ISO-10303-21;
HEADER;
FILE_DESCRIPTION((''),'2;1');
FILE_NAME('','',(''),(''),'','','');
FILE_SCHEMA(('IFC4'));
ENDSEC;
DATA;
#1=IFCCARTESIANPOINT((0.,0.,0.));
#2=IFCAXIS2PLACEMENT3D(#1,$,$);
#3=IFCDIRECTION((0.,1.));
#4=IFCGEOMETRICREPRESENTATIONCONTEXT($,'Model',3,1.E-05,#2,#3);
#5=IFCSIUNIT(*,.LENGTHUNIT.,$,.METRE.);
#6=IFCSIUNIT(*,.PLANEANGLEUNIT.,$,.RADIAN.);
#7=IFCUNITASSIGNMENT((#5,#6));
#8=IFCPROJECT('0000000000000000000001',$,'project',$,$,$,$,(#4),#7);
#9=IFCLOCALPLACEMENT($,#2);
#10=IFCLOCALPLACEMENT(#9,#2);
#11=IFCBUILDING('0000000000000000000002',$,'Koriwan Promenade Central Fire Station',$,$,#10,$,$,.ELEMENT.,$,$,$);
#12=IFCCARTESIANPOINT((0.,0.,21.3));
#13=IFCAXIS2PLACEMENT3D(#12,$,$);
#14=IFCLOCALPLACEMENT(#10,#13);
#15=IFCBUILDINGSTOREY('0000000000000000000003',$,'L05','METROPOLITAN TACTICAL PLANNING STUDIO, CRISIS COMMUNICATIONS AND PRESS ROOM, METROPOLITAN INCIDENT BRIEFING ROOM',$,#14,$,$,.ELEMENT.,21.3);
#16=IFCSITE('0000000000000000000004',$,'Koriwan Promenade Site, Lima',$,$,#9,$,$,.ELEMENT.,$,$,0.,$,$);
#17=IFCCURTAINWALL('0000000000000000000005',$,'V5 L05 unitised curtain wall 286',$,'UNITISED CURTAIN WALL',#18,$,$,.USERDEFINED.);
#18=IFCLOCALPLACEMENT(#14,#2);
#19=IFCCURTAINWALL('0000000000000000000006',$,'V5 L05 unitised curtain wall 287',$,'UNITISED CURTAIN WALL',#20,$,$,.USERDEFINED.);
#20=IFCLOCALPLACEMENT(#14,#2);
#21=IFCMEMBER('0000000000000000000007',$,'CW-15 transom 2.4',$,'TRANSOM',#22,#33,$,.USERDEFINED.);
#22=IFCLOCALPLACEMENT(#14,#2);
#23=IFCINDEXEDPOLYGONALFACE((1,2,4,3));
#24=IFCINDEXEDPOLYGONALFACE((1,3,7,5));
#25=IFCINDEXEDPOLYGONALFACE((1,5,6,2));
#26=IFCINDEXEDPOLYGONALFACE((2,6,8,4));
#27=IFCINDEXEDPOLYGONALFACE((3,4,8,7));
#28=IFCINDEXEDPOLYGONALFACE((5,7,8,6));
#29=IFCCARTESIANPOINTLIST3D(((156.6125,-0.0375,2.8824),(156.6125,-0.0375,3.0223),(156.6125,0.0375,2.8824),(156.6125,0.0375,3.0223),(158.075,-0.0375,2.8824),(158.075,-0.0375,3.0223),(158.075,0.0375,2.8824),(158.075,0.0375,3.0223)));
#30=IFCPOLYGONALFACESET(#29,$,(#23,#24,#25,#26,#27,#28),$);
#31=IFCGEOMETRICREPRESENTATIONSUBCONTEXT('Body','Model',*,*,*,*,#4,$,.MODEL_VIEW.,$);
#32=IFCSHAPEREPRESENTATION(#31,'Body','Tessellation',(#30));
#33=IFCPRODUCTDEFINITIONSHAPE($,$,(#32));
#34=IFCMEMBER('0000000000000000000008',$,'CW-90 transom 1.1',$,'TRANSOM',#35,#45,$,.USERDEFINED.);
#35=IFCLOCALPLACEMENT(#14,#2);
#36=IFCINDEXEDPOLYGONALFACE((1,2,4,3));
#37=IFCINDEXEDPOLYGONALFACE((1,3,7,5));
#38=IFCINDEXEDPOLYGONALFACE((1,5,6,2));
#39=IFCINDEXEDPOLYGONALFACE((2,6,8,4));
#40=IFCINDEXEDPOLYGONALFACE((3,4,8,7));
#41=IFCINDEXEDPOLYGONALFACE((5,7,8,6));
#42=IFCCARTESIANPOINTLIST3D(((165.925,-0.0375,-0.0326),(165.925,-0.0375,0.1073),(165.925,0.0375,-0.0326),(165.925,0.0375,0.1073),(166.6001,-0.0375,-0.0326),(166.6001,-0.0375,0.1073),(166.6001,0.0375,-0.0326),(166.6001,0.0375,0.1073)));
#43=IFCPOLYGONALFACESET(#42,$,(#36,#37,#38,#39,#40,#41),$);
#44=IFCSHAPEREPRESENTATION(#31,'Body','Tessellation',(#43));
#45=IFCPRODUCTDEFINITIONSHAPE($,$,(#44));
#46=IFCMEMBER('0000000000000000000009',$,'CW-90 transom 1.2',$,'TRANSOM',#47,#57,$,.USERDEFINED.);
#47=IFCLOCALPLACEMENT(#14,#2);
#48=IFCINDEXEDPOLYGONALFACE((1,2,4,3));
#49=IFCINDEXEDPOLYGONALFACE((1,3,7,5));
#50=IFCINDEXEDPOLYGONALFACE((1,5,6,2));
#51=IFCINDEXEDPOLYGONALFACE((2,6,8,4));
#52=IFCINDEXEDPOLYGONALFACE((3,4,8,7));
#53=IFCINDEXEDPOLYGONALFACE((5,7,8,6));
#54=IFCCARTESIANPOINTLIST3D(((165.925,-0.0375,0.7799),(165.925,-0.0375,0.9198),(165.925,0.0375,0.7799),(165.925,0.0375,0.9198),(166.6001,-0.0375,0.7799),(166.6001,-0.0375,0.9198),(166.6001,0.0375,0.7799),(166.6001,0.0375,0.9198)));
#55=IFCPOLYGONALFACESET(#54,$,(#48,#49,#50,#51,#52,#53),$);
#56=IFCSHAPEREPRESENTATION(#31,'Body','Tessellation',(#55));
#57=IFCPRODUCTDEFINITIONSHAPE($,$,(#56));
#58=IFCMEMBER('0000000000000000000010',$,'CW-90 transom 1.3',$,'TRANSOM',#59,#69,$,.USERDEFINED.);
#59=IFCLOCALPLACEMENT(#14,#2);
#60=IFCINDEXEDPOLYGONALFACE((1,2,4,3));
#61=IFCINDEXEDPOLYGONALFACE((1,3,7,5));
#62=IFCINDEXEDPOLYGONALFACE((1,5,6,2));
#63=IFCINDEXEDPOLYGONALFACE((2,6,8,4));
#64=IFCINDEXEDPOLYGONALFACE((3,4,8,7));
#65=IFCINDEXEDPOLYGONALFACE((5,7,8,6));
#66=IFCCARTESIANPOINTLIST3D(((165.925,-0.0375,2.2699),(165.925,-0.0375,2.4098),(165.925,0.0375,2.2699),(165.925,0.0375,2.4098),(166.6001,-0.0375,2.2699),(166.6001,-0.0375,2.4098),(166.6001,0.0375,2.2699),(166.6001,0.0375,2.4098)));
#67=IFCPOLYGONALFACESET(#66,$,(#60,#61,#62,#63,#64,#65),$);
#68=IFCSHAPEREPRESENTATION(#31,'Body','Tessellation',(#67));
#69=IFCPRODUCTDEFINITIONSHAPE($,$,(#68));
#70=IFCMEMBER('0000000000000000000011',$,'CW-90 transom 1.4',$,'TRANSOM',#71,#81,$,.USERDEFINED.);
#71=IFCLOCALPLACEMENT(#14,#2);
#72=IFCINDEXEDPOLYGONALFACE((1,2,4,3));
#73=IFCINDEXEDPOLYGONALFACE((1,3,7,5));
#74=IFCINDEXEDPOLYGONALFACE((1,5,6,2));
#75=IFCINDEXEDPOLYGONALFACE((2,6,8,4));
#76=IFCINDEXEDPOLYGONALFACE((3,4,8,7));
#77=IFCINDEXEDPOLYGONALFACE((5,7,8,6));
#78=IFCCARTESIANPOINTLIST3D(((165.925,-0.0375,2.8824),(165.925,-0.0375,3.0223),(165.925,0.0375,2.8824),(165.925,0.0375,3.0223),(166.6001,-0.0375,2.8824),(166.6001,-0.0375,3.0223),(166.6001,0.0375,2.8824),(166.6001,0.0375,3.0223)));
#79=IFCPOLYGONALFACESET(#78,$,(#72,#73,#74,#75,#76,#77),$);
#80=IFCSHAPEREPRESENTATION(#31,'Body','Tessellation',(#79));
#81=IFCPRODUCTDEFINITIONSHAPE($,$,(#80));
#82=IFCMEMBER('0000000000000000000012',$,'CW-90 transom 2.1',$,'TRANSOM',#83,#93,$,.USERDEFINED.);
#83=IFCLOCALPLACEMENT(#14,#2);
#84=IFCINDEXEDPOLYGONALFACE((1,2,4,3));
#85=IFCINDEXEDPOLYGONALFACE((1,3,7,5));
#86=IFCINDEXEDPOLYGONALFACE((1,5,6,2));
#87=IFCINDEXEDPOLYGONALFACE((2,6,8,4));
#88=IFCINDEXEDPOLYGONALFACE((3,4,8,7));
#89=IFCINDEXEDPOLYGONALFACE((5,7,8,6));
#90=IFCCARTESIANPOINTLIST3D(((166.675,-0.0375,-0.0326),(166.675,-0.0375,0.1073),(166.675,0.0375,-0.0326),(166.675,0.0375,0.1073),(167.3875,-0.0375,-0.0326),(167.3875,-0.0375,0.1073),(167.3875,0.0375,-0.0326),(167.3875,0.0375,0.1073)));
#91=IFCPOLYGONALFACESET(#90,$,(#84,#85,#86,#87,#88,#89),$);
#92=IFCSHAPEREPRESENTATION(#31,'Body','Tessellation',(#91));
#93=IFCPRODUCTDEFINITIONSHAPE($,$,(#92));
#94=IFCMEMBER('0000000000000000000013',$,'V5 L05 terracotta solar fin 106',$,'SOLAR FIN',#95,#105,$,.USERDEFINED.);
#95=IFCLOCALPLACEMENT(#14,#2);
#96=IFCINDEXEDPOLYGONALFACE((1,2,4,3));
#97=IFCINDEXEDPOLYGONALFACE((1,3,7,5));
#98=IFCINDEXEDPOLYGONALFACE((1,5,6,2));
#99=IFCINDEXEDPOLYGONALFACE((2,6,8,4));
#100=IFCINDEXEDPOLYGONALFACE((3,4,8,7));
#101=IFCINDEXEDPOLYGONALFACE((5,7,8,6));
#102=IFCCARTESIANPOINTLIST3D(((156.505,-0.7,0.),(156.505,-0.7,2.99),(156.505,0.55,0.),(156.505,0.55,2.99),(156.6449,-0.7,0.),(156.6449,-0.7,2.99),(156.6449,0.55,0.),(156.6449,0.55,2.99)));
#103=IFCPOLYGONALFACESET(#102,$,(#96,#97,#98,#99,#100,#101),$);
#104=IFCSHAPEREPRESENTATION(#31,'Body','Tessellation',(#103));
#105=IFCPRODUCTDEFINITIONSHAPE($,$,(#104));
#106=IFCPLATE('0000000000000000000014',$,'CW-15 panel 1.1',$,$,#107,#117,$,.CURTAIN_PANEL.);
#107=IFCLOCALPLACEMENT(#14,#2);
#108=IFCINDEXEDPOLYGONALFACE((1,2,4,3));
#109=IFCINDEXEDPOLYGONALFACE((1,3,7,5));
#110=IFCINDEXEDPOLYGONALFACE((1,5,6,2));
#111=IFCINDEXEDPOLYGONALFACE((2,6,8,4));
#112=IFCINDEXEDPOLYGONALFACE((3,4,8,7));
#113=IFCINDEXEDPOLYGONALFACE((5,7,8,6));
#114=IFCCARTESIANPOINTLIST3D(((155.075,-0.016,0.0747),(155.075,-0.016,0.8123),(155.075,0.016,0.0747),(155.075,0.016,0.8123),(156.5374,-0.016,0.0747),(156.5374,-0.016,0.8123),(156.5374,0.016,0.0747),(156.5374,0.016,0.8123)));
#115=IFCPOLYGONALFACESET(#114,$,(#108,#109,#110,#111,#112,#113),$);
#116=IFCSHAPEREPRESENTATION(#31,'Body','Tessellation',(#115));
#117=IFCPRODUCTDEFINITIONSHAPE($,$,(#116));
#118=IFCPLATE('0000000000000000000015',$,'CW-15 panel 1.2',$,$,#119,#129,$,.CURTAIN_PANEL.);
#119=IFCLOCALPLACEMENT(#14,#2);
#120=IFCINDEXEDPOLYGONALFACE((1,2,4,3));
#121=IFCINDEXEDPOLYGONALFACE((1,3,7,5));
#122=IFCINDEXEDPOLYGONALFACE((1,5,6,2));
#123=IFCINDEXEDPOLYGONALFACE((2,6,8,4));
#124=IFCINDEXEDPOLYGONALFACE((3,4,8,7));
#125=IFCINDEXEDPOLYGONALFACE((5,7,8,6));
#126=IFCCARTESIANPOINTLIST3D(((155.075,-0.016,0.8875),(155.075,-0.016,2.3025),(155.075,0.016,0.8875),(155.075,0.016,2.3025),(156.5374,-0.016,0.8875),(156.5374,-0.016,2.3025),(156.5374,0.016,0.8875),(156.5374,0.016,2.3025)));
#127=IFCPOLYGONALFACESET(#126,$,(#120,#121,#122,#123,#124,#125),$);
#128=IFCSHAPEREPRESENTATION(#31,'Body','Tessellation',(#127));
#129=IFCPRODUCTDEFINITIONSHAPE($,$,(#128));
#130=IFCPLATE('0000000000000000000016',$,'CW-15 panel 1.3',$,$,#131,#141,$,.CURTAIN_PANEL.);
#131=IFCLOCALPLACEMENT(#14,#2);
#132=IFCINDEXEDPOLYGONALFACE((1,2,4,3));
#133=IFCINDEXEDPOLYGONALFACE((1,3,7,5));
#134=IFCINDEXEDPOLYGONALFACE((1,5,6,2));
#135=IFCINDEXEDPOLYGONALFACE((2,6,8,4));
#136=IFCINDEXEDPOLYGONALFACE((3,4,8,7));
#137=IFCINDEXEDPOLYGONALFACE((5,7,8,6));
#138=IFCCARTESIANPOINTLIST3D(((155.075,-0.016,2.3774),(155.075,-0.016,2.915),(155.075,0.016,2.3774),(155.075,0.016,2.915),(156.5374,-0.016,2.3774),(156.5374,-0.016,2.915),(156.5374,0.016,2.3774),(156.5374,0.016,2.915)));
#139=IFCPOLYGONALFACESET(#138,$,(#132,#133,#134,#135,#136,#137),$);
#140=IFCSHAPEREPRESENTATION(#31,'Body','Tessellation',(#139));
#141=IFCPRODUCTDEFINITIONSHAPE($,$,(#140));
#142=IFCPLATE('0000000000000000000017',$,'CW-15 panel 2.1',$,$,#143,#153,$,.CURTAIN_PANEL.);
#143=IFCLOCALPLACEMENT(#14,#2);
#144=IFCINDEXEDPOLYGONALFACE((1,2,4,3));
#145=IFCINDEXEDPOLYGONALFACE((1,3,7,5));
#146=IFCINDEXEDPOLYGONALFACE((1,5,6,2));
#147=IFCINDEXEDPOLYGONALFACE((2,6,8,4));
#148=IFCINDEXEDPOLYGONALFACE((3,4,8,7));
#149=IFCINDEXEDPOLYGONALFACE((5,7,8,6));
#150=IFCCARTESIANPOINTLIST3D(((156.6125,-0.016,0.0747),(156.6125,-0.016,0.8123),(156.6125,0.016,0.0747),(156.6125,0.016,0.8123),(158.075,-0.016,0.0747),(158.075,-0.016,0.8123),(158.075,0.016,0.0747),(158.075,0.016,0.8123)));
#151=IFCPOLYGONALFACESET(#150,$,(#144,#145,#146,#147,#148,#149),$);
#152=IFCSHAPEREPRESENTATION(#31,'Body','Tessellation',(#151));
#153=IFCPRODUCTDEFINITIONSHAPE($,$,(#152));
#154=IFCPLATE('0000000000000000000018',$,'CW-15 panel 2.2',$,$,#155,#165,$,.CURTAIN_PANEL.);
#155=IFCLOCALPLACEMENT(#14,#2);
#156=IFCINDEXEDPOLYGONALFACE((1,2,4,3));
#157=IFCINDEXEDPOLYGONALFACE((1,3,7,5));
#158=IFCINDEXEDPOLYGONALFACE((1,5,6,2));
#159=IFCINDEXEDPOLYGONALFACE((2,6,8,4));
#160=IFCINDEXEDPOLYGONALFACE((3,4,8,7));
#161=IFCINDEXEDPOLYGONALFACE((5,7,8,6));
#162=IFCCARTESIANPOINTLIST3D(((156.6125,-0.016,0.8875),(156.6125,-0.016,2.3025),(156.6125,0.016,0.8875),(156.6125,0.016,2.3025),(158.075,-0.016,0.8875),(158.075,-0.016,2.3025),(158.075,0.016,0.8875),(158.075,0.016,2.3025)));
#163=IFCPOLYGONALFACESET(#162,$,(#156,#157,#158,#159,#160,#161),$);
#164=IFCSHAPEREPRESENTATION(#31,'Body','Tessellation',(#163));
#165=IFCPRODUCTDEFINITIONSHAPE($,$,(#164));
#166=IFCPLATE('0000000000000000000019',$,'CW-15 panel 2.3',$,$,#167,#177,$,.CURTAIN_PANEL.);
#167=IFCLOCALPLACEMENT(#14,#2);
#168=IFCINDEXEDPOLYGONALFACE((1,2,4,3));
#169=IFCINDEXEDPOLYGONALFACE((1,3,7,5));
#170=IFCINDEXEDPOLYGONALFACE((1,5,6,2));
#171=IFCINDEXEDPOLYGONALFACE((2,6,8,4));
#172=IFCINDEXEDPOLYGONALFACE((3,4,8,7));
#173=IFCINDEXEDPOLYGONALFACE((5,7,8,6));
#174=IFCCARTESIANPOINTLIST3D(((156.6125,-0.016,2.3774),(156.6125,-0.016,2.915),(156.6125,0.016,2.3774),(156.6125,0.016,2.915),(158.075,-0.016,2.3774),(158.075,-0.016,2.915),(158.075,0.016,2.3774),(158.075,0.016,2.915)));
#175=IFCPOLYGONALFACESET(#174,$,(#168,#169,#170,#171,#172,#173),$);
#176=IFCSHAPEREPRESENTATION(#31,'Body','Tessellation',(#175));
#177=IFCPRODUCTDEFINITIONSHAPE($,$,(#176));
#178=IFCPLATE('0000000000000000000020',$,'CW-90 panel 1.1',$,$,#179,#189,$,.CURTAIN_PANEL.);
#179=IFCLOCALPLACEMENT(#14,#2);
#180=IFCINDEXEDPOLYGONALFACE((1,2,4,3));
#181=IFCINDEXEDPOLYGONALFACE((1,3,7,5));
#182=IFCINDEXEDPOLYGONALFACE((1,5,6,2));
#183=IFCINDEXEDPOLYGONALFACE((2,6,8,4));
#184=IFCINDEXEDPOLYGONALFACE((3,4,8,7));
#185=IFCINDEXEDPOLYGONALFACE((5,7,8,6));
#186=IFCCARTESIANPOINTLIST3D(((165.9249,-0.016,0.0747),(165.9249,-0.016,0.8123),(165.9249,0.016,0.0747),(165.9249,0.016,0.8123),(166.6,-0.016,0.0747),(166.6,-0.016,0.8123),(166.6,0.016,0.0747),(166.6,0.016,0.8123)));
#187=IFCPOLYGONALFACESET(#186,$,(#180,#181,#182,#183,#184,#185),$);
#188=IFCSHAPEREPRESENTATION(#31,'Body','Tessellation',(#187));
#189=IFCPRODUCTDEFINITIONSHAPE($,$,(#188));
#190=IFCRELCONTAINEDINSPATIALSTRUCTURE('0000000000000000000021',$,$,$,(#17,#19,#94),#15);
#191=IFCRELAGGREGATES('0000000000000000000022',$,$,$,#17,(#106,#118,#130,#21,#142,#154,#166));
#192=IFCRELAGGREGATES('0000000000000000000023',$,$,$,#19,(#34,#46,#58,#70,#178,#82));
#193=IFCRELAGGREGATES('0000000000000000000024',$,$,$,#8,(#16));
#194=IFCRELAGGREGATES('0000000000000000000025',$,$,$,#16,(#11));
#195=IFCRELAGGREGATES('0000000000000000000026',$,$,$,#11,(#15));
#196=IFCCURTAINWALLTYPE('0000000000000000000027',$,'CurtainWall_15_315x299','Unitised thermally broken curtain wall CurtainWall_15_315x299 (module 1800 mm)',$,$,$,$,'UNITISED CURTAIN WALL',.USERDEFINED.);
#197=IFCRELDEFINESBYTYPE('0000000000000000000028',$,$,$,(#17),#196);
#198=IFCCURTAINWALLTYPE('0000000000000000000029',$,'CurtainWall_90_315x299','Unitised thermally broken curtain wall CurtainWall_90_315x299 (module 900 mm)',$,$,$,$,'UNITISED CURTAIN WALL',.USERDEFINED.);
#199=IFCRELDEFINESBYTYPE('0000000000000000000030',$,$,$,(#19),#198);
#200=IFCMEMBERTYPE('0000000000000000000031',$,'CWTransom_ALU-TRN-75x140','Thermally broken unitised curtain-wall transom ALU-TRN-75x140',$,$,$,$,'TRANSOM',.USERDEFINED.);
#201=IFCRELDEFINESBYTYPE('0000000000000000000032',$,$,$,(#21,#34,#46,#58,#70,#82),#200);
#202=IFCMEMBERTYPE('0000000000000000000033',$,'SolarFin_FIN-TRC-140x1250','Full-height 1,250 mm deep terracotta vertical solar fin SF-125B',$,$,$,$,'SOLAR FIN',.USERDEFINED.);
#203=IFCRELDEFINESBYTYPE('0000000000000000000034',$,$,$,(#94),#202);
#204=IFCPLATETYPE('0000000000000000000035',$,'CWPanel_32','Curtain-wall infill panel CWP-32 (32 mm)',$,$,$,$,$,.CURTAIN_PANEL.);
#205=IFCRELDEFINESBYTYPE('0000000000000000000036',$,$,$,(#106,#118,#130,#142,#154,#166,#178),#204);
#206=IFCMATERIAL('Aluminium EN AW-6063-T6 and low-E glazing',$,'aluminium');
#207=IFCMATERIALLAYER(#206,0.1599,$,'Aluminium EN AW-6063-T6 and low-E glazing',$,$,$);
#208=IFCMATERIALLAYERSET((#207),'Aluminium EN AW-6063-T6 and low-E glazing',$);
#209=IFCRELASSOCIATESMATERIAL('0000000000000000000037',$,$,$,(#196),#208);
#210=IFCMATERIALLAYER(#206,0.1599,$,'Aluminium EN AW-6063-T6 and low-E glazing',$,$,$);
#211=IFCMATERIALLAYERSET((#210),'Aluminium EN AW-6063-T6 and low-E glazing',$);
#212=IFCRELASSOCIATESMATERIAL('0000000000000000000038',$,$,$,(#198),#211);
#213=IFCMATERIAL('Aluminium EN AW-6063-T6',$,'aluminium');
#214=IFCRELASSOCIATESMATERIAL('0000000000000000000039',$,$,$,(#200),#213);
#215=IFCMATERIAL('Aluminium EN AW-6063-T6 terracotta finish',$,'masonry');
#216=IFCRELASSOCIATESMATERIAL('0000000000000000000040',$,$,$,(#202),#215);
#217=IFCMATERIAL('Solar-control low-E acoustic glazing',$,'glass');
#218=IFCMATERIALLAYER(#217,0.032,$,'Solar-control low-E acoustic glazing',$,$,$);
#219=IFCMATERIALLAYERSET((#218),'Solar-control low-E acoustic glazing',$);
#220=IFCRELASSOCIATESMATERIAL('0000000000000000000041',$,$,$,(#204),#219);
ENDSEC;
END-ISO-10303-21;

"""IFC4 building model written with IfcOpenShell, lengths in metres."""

from ifc_helpers import new_model, si_unit, direction, frame, origin, origin_2d, place, context, subcontext, project, spatial, rectangle, extrude, material, layer, layer_set, material_profile, profile_set, type_object, element, aggregate, save


model = new_model("IFC4")

# Units and contexts
model_context = context("Model", 3, precision=1e-05, world=origin(), true_north=direction((0.0, 1.0)))
body_context = subcontext(model_context, "Body", "Model", "MODEL_VIEW")
ifc_project = project(units=[si_unit("LENGTHUNIT", "METRE"), si_unit("PLANEANGLEUNIT", "RADIAN")], contexts=[model_context])

# Site, building, storey
site_placement = place(None, origin())
site = spatial("IfcSite", under=ifc_project, at=site_placement, Name="Koriwan Promenade Site, Lima", CompositionType="ELEMENT", RefElevation=0.0)
building_placement = place(site_placement, origin())
building = spatial("IfcBuilding", under=site, at=building_placement, Name="Koriwan Promenade Central Fire Station", CompositionType="ELEMENT")
storey_placement = place(building_placement, frame((0.0, 0.0, 21.3)))
storey = spatial("IfcBuildingStorey", under=building, at=storey_placement, Name="L05", Description="METROPOLITAN TACTICAL PLANNING STUDIO, CRISIS COMMUNICATIONS AND PRESS ROOM, METROPOLITAN INCIDENT BRIEFING ROOM", CompositionType="ELEMENT", Elevation=21.3)

# Curtain walls
ifc_material_1 = material(Name="Aluminium EN AW-6063-T6 and low-E glazing", Category="aluminium")
ifc_layer_1 = layer(ifc_material_1, 0.1599, Name="Aluminium EN AW-6063-T6 and low-E glazing")
ifc_layer_set_1 = layer_set([ifc_layer_1], Name="Aluminium EN AW-6063-T6 and low-E glazing")
curtain_wall_type_1 = type_object("IfcCurtainWallType", Name="CurtainWall_15_315x299", Description="Unitised thermally broken curtain wall CurtainWall_15_315x299 (module 1800 mm)", ElementType="UNITISED CURTAIN WALL", PredefinedType="USERDEFINED", material=ifc_layer_set_1)
curtain_wall_1_placement = place(storey_placement, origin())
curtain_wall_1 = element("IfcCurtainWall", 1, at=curtain_wall_1_placement, inside=storey, type_object=curtain_wall_type_1, Name="V5 L05 unitised curtain wall 286", ObjectType="UNITISED CURTAIN WALL", PredefinedType="USERDEFINED")
ifc_material_2 = material(Name="Aluminium EN AW-6063-T6", Category="aluminium")
ifc_layer_2 = layer(ifc_material_1, 0.1599, Name="Aluminium EN AW-6063-T6 and low-E glazing")
ifc_layer_set_2 = layer_set([ifc_layer_2], Name="Aluminium EN AW-6063-T6 and low-E glazing")
curtain_wall_type_2 = type_object("IfcCurtainWallType", Name="CurtainWall_90_315x299", Description="Unitised thermally broken curtain wall CurtainWall_90_315x299 (module 900 mm)", ElementType="UNITISED CURTAIN WALL", PredefinedType="USERDEFINED", material=ifc_layer_set_2)
curtain_wall_2_placement = place(storey_placement, origin())
curtain_wall_2 = element("IfcCurtainWall", 2, at=curtain_wall_2_placement, inside=storey, type_object=curtain_wall_type_2, Name="V5 L05 unitised curtain wall 287", ObjectType="UNITISED CURTAIN WALL", PredefinedType="USERDEFINED")

# Members
ifc_material_profile_1 = material_profile(ifc_material_2, rectangle(XDim=0.075, YDim=0.1399, at=origin_2d()), Name="ALU-TRN-75x140")
ifc_profile_set_1 = profile_set([ifc_material_profile_1], Name="Aluminium EN AW-6063-T6")
member_type_1 = type_object("IfcMemberType", Name="CWTransom_ALU-TRN-75x140", Description="Thermally broken unitised curtain-wall transom ALU-TRN-75x140", ElementType="TRANSOM", PredefinedType="USERDEFINED", material=ifc_profile_set_1)
member_1_placement = place(storey_placement, frame((156.6125, 0.0, 2.9524), z_axis=(1.0, 0.0, 0.0), x_axis=(0.0, 1.0, 0.0)))
member_1 = element("IfcMember", 3, at=member_1_placement, type_object=member_type_1, Name="CW-15 transom 2.4", ObjectType="TRANSOM", PredefinedType="USERDEFINED", context=body_context, shape_type="SweptSolid", body=[
    extrude(rectangle(XDim=0.075, YDim=0.1399, at=origin_2d()), origin(), (0.0, 0.0, 1.0), 1.4624),
])
member_2_placement = place(storey_placement, frame((165.925, 0.0, 0.0374), z_axis=(1.0, 0.0, 0.0), x_axis=(0.0, 1.0, 0.0)))
member_2 = element("IfcMember", 4, at=member_2_placement, type_object=member_type_1, Name="CW-90 transom 1.1", ObjectType="TRANSOM", PredefinedType="USERDEFINED", context=body_context, shape_type="SweptSolid", body=[
    extrude(rectangle(XDim=0.075, YDim=0.1399, at=origin_2d()), origin(), (0.0, 0.0, 1.0), 0.675),
])
member_3_placement = place(storey_placement, frame((165.925, 0.0, 0.8499), z_axis=(1.0, 0.0, 0.0), x_axis=(0.0, 1.0, 0.0)))
member_3 = element("IfcMember", 5, at=member_3_placement, type_object=member_type_1, Name="CW-90 transom 1.2", ObjectType="TRANSOM", PredefinedType="USERDEFINED", context=body_context, shape_type="SweptSolid", body=[
    extrude(rectangle(XDim=0.075, YDim=0.1399, at=origin_2d()), origin(), (0.0, 0.0, 1.0), 0.675),
])
member_4_placement = place(storey_placement, frame((165.925, 0.0, 2.3398), z_axis=(1.0, 0.0, 0.0), x_axis=(0.0, 1.0, 0.0)))
member_4 = element("IfcMember", 6, at=member_4_placement, type_object=member_type_1, Name="CW-90 transom 1.3", ObjectType="TRANSOM", PredefinedType="USERDEFINED", context=body_context, shape_type="SweptSolid", body=[
    extrude(rectangle(XDim=0.075, YDim=0.1399, at=origin_2d()), origin(), (0.0, 0.0, 1.0), 0.675),
])
member_5_placement = place(storey_placement, frame((165.925, 0.0, 2.9524), z_axis=(1.0, 0.0, 0.0), x_axis=(0.0, 1.0, 0.0)))
member_5 = element("IfcMember", 7, at=member_5_placement, type_object=member_type_1, Name="CW-90 transom 1.4", ObjectType="TRANSOM", PredefinedType="USERDEFINED", context=body_context, shape_type="SweptSolid", body=[
    extrude(rectangle(XDim=0.075, YDim=0.1399, at=origin_2d()), origin(), (0.0, 0.0, 1.0), 0.675),
])
member_6_placement = place(storey_placement, frame((166.675, 0.0, 0.0374), z_axis=(1.0, 0.0, 0.0), x_axis=(0.0, 1.0, 0.0)))
member_6 = element("IfcMember", 8, at=member_6_placement, type_object=member_type_1, Name="CW-90 transom 2.1", ObjectType="TRANSOM", PredefinedType="USERDEFINED", context=body_context, shape_type="SweptSolid", body=[
    extrude(rectangle(XDim=0.075, YDim=0.1399, at=origin_2d()), origin(), (0.0, 0.0, 1.0), 0.7124),
])
ifc_material_3 = material(Name="Aluminium EN AW-6063-T6 terracotta finish", Category="masonry")
ifc_material_profile_2 = material_profile(ifc_material_3, rectangle(XDim=0.1399, YDim=1.25, at=origin_2d()), Name="FIN-TRC-140x1250")
ifc_profile_set_2 = profile_set([ifc_material_profile_2], Name="Aluminium EN AW-6063-T6 terracotta finish")
member_type_2 = type_object("IfcMemberType", Name="SolarFin_FIN-TRC-140x1250", Description="Full-height 1,250 mm deep terracotta vertical solar fin SF-125B", ElementType="SOLAR FIN", PredefinedType="USERDEFINED", material=ifc_profile_set_2)
member_7_placement = place(storey_placement, frame((156.575, -0.075, 0.0), z_axis=(0.0, 0.0, 1.0), x_axis=(-1.0, 0.0, 0.0)))
element("IfcMember", 9, at=member_7_placement, inside=storey, type_object=member_type_2, Name="V5 L05 terracotta solar fin 106", ObjectType="SOLAR FIN", PredefinedType="USERDEFINED", context=body_context, shape_type="SweptSolid", body=[
    extrude(rectangle(XDim=0.1399, YDim=1.25, at=origin_2d()), origin(), (0.0, 0.0, 1.0), 2.99),
])

# Plates
ifc_material_4 = material(Name="Solar-control low-E acoustic glazing", Category="glass")
ifc_layer_3 = layer(ifc_material_4, 0.032, Name="Solar-control low-E acoustic glazing")
ifc_layer_set_3 = layer_set([ifc_layer_3], Name="Solar-control low-E acoustic glazing")
plate_type = type_object("IfcPlateType", Name="CWPanel_32", Description="Curtain-wall infill panel CWP-32 (32 mm)", PredefinedType="CURTAIN_PANEL", material=ifc_layer_set_3)
plate_1_placement = place(storey_placement, frame((155.8062, 0.0, 0.0747), z_axis=(0.0, 0.0, 1.0), x_axis=(1.0, 0.0, 0.0)))
plate_1 = element("IfcPlate", 10, at=plate_1_placement, type_object=plate_type, Name="CW-15 panel 1.1", PredefinedType="CURTAIN_PANEL", context=body_context, shape_type="SweptSolid", body=[
    extrude(rectangle(XDim=1.4624, YDim=0.032, at=origin_2d()), origin(), (0.0, 0.0, 1.0), 0.7375),
])
plate_2_placement = place(storey_placement, frame((155.8062, 0.0, 0.8875), z_axis=(0.0, 0.0, 1.0), x_axis=(1.0, 0.0, 0.0)))
plate_2 = element("IfcPlate", 11, at=plate_2_placement, type_object=plate_type, Name="CW-15 panel 1.2", PredefinedType="CURTAIN_PANEL", context=body_context, shape_type="SweptSolid", body=[
    extrude(rectangle(XDim=1.4624, YDim=0.032, at=origin_2d()), origin(), (0.0, 0.0, 1.0), 1.415),
])
plate_3_placement = place(storey_placement, frame((155.8062, 0.0, 2.3774), z_axis=(0.0, 0.0, 1.0), x_axis=(1.0, 0.0, 0.0)))
plate_3 = element("IfcPlate", 12, at=plate_3_placement, type_object=plate_type, Name="CW-15 panel 1.3", PredefinedType="CURTAIN_PANEL", context=body_context, shape_type="SweptSolid", body=[
    extrude(rectangle(XDim=1.4624, YDim=0.032, at=origin_2d()), origin(), (0.0, 0.0, 1.0), 0.5376),
])
plate_4_placement = place(storey_placement, frame((157.3438, 0.0, 0.0747), z_axis=(0.0, 0.0, 1.0), x_axis=(1.0, 0.0, 0.0)))
plate_4 = element("IfcPlate", 13, at=plate_4_placement, type_object=plate_type, Name="CW-15 panel 2.1", PredefinedType="CURTAIN_PANEL", context=body_context, shape_type="SweptSolid", body=[
    extrude(rectangle(XDim=1.4624, YDim=0.032, at=origin_2d()), origin(), (0.0, 0.0, 1.0), 0.7375),
])
plate_5_placement = place(storey_placement, frame((157.3438, 0.0, 0.8875), z_axis=(0.0, 0.0, 1.0), x_axis=(1.0, 0.0, 0.0)))
plate_5 = element("IfcPlate", 14, at=plate_5_placement, type_object=plate_type, Name="CW-15 panel 2.2", PredefinedType="CURTAIN_PANEL", context=body_context, shape_type="SweptSolid", body=[
    extrude(rectangle(XDim=1.4624, YDim=0.032, at=origin_2d()), origin(), (0.0, 0.0, 1.0), 1.415),
])
plate_6_placement = place(storey_placement, frame((157.3438, 0.0, 2.3774), z_axis=(0.0, 0.0, 1.0), x_axis=(1.0, 0.0, 0.0)))
plate_6 = element("IfcPlate", 15, at=plate_6_placement, type_object=plate_type, Name="CW-15 panel 2.3", PredefinedType="CURTAIN_PANEL", context=body_context, shape_type="SweptSolid", body=[
    extrude(rectangle(XDim=1.4624, YDim=0.032, at=origin_2d()), origin(), (0.0, 0.0, 1.0), 0.5376),
])
aggregate(curtain_wall_1, [plate_1, plate_2, plate_3, member_1, plate_4, plate_5, plate_6])
plate_7_placement = place(storey_placement, frame((166.2625, 0.0, 0.0747), z_axis=(0.0, 0.0, 1.0), x_axis=(1.0, 0.0, 0.0)))
plate_7 = element("IfcPlate", 16, at=plate_7_placement, type_object=plate_type, Name="CW-90 panel 1.1", PredefinedType="CURTAIN_PANEL", context=body_context, shape_type="SweptSolid", body=[
    extrude(rectangle(XDim=0.675, YDim=0.032, at=origin_2d()), origin(), (0.0, 0.0, 1.0), 0.7375),
])
aggregate(curtain_wall_2, [member_2, member_3, member_4, member_5, plate_7, member_6])

save(model, "model.ifc")
